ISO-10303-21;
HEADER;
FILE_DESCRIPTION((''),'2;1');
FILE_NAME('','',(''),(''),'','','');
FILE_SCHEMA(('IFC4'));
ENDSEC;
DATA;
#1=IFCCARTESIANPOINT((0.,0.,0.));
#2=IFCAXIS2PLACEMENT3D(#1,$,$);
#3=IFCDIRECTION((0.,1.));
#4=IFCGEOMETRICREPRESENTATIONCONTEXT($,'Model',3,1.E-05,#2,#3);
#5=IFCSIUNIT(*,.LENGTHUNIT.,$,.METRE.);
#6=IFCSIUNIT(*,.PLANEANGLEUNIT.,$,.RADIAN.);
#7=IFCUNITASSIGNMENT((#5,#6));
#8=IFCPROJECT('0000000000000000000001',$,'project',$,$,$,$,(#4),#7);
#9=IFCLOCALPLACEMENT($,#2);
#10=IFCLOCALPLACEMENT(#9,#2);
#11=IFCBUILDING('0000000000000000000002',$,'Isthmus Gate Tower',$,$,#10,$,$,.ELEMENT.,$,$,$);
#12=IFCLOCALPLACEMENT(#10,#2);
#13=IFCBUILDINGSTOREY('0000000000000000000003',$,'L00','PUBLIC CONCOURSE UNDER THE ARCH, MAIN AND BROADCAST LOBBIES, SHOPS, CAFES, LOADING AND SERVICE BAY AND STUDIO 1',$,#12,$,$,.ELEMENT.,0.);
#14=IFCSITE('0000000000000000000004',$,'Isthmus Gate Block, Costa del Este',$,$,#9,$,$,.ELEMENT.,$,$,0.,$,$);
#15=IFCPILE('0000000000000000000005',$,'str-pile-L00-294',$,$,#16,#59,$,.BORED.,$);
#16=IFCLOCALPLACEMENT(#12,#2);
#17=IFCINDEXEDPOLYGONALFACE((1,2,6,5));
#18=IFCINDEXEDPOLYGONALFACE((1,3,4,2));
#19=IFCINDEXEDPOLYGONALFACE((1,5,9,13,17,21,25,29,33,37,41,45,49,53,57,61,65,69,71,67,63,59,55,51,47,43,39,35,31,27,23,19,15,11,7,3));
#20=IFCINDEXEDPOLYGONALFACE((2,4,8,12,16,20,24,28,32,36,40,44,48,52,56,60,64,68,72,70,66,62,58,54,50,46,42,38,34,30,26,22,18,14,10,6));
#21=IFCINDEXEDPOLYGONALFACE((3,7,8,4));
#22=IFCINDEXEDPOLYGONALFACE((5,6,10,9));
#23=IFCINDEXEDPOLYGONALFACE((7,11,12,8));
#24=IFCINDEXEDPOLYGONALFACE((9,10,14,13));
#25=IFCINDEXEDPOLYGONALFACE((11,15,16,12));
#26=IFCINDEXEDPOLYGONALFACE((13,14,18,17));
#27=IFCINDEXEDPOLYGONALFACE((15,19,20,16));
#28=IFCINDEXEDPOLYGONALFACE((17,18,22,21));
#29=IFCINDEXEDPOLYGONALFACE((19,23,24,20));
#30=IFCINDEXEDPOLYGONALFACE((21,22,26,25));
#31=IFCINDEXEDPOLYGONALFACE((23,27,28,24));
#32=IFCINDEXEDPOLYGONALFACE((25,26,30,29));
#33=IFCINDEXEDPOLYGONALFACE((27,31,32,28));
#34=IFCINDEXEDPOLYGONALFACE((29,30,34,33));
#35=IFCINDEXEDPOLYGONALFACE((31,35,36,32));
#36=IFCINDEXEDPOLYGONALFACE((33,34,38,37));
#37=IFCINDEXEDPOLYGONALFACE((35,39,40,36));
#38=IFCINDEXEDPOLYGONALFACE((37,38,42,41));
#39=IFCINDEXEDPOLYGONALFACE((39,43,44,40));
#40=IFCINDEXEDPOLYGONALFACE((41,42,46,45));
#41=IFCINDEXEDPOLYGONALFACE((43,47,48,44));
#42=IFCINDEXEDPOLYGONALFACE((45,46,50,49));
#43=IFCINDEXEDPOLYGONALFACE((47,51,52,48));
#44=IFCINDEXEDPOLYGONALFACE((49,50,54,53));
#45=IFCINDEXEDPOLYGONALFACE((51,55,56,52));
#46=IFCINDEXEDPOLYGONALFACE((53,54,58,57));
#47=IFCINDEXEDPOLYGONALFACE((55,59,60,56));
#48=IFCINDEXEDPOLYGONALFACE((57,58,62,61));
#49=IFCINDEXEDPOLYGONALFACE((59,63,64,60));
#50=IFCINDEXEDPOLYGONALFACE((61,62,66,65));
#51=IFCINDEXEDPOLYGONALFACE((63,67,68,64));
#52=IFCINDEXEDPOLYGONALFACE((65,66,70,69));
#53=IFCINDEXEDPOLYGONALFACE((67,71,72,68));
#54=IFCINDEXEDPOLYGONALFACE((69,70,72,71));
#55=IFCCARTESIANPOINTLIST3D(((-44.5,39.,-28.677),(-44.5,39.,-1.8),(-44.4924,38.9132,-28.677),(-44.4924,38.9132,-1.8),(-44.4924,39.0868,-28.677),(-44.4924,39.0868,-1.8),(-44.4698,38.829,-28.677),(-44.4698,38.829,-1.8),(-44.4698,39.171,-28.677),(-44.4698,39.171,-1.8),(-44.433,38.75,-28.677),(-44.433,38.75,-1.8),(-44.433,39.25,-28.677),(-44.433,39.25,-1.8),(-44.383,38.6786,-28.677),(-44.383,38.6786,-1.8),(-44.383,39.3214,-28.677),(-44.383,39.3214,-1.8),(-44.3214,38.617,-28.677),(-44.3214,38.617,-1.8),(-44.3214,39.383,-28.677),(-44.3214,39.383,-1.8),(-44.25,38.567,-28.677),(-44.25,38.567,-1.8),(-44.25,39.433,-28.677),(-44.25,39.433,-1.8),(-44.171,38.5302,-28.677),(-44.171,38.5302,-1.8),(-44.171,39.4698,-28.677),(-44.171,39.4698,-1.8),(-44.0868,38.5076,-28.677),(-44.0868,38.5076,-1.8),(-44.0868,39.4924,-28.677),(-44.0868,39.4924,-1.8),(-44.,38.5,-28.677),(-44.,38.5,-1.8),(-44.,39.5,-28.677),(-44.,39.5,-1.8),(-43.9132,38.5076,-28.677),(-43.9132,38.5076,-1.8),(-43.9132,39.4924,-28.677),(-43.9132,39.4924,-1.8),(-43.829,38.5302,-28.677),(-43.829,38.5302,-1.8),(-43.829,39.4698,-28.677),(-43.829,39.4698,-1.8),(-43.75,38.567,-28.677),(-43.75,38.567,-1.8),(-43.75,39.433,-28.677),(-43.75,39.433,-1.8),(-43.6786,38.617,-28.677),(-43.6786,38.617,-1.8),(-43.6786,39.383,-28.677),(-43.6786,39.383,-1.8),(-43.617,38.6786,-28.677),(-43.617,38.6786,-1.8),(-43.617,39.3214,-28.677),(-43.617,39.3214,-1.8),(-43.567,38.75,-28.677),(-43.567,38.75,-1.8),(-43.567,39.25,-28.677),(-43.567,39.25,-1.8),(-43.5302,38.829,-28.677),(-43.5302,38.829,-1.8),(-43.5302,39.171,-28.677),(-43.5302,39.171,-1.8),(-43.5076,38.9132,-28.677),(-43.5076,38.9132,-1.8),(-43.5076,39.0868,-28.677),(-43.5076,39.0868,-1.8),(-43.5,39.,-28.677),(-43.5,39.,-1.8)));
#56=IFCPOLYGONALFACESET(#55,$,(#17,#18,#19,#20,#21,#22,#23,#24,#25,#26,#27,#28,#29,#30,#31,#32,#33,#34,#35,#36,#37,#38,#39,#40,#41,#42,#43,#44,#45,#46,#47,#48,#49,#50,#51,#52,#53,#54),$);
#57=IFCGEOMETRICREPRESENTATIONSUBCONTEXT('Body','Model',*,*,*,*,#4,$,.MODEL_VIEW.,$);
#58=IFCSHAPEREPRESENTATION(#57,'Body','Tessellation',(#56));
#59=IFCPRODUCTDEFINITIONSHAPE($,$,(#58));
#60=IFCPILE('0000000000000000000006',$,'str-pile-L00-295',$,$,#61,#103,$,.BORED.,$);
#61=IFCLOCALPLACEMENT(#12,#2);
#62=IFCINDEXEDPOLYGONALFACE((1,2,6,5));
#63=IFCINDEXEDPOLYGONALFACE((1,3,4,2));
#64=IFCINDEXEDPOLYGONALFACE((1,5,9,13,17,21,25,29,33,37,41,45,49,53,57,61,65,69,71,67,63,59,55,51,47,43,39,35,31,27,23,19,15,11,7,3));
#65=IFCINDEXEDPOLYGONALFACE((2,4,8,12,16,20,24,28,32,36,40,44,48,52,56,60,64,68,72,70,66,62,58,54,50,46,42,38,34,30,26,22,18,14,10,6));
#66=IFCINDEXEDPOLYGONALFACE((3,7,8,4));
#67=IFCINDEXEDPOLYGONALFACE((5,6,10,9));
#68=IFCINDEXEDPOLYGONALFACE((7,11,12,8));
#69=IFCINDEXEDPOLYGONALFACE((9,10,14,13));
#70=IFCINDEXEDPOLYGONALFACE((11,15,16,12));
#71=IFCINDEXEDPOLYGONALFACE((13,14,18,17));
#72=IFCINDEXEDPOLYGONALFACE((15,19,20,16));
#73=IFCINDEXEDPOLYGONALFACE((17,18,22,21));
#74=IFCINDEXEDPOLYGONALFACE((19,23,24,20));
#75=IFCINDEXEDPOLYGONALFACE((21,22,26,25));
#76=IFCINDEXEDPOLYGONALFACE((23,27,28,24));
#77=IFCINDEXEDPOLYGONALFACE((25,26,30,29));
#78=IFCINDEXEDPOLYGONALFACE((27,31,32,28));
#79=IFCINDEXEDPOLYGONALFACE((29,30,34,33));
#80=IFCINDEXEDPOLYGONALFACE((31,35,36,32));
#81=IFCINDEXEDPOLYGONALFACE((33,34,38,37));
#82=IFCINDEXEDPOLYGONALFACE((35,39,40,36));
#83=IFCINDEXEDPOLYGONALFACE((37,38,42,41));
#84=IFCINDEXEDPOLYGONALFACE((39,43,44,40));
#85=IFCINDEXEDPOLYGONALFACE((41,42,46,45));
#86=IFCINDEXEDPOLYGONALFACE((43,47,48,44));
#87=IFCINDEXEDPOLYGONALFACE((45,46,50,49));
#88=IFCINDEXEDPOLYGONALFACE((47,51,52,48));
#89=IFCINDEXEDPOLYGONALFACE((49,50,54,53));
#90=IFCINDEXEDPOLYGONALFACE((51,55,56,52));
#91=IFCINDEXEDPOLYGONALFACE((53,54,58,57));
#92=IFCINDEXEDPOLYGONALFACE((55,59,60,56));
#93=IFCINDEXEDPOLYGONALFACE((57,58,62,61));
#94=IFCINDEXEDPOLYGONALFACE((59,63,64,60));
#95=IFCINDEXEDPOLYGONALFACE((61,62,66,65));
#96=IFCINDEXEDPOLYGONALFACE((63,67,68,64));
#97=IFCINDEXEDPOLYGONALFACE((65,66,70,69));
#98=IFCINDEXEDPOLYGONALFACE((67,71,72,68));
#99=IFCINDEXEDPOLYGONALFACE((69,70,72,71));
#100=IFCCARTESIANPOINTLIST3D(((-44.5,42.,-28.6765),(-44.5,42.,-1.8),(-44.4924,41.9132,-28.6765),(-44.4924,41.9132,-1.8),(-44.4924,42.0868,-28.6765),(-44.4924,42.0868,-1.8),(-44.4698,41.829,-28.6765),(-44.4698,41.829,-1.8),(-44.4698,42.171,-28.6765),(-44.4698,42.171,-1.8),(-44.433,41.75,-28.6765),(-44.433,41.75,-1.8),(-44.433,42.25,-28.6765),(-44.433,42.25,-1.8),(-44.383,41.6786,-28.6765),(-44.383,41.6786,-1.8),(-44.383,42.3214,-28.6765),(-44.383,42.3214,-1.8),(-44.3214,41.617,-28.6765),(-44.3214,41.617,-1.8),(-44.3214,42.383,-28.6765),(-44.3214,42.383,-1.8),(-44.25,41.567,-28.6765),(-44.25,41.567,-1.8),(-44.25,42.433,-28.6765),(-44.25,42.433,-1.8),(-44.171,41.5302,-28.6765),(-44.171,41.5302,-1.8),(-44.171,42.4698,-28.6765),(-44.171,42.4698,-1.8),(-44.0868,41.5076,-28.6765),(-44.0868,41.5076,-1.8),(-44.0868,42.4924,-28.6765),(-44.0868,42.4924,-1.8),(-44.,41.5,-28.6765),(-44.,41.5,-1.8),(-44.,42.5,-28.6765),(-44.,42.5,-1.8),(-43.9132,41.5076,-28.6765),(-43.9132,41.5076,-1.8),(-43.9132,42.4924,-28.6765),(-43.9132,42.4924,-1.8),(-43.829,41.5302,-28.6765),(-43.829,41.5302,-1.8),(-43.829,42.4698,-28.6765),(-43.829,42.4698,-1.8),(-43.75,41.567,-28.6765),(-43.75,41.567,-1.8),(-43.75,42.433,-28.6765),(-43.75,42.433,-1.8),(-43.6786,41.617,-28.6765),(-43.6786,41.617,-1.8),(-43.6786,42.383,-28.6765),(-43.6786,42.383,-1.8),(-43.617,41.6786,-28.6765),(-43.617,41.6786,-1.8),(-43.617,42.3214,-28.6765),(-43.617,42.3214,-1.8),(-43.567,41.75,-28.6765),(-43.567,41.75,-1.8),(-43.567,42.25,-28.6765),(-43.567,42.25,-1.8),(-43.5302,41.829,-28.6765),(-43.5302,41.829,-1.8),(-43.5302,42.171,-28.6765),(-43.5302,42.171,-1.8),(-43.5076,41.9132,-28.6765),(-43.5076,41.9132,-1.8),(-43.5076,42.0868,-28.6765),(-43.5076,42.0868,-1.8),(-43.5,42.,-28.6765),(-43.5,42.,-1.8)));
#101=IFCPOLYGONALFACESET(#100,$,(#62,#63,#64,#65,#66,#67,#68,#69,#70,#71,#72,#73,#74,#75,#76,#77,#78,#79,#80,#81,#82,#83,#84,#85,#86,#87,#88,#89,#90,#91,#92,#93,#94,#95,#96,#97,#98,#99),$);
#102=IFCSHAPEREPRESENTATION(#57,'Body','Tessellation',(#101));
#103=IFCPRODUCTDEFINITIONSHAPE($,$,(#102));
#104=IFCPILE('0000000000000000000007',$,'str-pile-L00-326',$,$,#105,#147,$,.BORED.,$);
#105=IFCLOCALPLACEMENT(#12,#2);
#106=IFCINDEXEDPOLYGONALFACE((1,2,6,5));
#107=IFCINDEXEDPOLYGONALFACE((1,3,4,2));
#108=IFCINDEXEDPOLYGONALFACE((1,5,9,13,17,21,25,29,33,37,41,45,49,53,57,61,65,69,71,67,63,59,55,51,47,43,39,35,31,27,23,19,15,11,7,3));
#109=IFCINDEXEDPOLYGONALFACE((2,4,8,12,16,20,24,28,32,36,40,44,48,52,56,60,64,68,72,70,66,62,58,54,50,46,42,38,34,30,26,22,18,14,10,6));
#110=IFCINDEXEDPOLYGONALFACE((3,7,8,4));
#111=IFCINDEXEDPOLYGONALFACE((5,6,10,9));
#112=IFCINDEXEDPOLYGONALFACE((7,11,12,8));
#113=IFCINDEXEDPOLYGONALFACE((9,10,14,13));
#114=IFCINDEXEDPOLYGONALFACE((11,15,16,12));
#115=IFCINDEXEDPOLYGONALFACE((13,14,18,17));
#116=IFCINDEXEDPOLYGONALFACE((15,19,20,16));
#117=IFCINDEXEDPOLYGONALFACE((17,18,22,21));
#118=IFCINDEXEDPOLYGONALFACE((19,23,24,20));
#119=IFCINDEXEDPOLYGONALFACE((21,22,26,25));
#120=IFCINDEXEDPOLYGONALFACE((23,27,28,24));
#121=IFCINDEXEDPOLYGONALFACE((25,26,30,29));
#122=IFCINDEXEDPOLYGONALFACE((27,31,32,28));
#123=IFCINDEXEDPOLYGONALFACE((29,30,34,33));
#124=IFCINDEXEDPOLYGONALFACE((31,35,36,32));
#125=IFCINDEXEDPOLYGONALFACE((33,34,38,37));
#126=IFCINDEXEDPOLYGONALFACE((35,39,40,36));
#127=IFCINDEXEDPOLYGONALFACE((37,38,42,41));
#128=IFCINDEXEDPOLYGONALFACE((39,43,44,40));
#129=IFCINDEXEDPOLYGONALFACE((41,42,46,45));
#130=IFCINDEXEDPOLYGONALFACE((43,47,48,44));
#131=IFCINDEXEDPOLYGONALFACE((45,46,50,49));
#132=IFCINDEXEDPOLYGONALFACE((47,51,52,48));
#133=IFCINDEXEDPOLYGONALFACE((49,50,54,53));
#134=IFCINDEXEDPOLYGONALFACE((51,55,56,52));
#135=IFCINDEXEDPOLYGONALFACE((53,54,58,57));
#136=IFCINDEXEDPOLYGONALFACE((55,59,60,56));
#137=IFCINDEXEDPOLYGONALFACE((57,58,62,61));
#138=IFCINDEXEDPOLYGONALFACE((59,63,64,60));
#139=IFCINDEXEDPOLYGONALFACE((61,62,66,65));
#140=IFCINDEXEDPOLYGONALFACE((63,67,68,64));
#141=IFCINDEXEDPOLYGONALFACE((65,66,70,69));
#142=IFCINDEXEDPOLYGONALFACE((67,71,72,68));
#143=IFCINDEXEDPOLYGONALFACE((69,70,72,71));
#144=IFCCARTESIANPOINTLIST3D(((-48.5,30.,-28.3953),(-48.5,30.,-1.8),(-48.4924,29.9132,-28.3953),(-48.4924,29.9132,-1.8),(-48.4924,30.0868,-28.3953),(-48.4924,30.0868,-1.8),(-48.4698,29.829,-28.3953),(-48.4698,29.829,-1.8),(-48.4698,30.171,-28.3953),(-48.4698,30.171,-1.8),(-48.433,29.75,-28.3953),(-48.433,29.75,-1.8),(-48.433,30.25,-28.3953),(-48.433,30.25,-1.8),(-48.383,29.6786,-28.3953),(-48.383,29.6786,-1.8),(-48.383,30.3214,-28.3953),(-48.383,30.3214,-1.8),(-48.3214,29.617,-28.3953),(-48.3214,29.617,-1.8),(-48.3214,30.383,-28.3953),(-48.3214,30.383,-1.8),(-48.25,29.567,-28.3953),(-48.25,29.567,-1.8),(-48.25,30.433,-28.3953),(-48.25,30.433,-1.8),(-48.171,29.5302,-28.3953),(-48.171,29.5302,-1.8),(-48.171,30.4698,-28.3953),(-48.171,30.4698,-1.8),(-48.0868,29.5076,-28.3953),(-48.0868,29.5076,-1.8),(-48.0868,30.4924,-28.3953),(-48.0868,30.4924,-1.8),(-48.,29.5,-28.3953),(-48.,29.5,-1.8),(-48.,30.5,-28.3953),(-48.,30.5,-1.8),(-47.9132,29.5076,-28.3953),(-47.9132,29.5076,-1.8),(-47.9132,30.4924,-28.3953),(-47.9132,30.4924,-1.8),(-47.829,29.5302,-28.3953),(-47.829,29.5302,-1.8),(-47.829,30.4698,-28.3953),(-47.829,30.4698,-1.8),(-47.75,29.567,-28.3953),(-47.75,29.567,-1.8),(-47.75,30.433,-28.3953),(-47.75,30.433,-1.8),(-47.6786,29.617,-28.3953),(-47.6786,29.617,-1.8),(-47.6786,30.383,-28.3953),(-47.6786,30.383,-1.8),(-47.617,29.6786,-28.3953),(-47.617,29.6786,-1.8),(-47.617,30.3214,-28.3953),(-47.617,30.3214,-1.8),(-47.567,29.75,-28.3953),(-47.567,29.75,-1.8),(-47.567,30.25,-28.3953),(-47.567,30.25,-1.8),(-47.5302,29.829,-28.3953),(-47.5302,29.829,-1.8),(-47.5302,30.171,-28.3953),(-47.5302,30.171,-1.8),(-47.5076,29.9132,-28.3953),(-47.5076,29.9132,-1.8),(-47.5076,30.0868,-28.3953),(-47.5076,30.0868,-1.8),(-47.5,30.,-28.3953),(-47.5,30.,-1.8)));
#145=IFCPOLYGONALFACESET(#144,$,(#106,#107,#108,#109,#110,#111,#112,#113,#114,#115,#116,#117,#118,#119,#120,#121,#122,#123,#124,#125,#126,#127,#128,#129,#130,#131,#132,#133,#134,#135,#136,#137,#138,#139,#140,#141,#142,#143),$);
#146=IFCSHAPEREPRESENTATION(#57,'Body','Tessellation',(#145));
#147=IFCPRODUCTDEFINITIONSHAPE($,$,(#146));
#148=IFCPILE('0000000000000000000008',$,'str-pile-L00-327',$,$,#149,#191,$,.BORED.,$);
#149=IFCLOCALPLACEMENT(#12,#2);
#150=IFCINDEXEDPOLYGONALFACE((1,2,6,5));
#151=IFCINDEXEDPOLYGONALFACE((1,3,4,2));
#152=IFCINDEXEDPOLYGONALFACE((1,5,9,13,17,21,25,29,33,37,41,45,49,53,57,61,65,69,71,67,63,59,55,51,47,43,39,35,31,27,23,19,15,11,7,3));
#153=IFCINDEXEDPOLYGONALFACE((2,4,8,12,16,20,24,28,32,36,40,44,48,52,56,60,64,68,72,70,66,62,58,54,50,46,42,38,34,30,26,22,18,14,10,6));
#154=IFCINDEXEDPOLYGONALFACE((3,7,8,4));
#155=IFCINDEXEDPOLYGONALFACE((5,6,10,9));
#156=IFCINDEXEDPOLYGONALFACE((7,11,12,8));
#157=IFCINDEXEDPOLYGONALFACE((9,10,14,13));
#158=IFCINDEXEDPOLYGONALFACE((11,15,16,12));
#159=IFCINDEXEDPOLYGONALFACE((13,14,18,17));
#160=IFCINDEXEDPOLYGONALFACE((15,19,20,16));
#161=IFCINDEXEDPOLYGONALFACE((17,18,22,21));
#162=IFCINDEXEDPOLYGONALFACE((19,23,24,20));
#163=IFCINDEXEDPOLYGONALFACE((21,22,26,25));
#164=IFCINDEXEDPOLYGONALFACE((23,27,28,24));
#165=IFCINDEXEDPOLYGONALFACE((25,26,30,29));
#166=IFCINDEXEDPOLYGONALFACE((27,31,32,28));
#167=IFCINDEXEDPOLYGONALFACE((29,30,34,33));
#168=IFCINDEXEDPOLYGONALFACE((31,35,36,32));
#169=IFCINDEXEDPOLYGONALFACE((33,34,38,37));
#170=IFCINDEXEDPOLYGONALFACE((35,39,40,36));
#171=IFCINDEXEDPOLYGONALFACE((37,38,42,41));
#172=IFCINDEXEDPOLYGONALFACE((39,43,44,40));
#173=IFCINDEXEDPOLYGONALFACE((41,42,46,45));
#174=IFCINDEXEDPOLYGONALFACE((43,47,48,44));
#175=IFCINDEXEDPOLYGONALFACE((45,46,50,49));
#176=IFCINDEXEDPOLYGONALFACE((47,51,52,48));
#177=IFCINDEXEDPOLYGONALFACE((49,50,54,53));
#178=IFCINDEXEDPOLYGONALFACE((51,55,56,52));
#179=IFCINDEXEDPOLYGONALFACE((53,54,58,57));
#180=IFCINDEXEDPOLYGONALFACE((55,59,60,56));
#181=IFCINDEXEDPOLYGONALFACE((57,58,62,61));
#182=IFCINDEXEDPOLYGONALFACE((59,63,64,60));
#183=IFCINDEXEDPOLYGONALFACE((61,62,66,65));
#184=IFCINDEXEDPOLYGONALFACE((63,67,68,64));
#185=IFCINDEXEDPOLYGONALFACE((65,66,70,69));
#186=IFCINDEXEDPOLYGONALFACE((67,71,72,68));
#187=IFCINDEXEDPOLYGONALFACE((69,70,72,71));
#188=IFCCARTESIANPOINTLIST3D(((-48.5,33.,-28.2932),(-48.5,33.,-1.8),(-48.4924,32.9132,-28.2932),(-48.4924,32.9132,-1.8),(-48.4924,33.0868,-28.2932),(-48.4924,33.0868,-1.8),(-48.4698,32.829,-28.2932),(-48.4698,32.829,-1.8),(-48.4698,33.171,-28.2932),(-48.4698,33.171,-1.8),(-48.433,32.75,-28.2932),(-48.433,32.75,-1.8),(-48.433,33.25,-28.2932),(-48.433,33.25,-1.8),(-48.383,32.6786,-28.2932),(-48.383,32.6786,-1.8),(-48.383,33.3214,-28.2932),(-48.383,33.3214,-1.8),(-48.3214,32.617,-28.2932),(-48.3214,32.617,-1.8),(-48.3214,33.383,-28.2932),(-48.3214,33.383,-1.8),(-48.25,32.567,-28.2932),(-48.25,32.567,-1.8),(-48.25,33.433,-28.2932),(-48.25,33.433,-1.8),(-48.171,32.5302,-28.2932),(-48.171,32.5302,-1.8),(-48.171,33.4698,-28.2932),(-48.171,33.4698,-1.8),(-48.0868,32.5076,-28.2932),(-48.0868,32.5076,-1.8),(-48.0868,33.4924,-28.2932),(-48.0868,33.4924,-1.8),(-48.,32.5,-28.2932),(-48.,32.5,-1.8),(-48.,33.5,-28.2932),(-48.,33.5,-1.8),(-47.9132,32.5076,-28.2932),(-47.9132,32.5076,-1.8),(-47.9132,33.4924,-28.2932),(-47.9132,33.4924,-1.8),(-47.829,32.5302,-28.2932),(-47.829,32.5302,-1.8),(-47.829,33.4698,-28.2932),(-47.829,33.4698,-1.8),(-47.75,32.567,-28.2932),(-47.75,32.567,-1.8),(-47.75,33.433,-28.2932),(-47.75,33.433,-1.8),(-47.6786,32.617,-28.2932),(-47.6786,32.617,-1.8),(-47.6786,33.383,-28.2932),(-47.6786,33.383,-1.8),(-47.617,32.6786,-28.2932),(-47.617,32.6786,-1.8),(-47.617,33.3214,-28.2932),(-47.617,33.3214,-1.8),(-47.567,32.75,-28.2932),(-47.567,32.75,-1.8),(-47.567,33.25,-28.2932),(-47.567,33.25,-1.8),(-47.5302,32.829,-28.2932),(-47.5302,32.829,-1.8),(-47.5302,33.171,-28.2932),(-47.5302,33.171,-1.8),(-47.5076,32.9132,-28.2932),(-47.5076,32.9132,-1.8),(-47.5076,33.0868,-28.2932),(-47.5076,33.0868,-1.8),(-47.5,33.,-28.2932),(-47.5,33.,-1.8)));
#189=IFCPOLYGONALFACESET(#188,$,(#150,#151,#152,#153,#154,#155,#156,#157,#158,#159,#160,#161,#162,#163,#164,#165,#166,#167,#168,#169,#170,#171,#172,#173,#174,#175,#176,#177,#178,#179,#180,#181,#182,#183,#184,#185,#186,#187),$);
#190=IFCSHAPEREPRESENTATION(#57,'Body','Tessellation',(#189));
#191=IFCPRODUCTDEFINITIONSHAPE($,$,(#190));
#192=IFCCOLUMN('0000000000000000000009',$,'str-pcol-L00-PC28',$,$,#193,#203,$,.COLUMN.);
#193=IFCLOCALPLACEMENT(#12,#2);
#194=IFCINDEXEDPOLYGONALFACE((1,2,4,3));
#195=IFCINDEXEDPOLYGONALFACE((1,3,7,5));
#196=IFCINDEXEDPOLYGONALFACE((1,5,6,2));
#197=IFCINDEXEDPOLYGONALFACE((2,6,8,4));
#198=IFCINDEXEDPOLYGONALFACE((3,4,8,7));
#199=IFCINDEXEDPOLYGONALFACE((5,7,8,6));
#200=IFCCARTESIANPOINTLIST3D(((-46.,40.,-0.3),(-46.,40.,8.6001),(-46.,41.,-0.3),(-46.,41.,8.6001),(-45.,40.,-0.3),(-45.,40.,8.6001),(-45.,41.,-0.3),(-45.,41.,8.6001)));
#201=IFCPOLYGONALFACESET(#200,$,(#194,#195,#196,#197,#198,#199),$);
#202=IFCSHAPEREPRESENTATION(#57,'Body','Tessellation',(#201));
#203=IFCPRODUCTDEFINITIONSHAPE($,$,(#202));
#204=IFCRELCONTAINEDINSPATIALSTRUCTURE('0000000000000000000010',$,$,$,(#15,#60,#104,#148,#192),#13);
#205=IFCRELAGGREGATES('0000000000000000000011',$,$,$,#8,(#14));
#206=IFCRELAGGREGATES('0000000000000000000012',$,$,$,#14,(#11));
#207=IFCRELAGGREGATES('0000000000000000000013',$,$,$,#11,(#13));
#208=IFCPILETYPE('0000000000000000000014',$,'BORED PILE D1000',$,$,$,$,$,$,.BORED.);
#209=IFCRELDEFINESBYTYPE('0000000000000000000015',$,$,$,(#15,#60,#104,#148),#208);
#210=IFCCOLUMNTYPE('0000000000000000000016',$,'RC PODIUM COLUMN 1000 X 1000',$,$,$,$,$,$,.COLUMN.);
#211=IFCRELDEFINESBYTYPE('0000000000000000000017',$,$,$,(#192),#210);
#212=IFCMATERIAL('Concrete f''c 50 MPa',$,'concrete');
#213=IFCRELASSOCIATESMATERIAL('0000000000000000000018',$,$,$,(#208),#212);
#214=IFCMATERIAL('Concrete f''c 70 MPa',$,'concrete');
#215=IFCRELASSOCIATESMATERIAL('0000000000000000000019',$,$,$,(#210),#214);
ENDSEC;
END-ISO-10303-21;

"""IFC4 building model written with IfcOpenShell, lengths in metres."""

from ifc_helpers import new_model, si_unit, direction, frame, origin, origin_2d, place, context, subcontext, project, spatial, rectangle, circle, extrude, material, material_profile, profile_set, type_object, element, save


model = new_model("IFC4")

# Units and contexts
model_context = context("Model", 3, precision=1e-05, world=origin(), true_north=direction((0.0, 1.0)))
body_context = subcontext(model_context, "Body", "Model", "MODEL_VIEW")
ifc_project = project(units=[si_unit("LENGTHUNIT", "METRE"), si_unit("PLANEANGLEUNIT", "RADIAN")], contexts=[model_context])

# Site, building, storey
site_placement = place(None, origin())
site = spatial("IfcSite", under=ifc_project, at=site_placement, Name="Isthmus Gate Block, Costa del Este", CompositionType="ELEMENT", RefElevation=0.0)
building_placement = place(site_placement, origin())
building = spatial("IfcBuilding", under=site, at=building_placement, Name="Isthmus Gate Tower", CompositionType="ELEMENT")
storey_placement = place(building_placement, origin())
storey = spatial("IfcBuildingStorey", under=building, at=storey_placement, Name="L00", Description="PUBLIC CONCOURSE UNDER THE ARCH, MAIN AND BROADCAST LOBBIES, SHOPS, CAFES, LOADING AND SERVICE BAY AND STUDIO 1", CompositionType="ELEMENT", Elevation=0.0)

# Piles
ifc_material_1 = material(Name="Concrete f'c 50 MPa", Category="concrete")
ifc_material_profile_1 = material_profile(ifc_material_1, circle(Radius=0.5, at=origin_2d()), Name="D1000")
ifc_profile_set_1 = profile_set([ifc_material_profile_1], Name="Concrete f'c 50 MPa")
pile_type = type_object("IfcPileType", Name="BORED PILE D1000", PredefinedType="BORED", material=ifc_profile_set_1)
pile_1_placement = place(storey_placement, frame((-44.0, 39.0, -1.8), z_axis=(0.0, 0.0, -1.0), x_axis=(1.0, 0.0, 0.0)))
element("IfcPile", 1, at=pile_1_placement, inside=storey, type_object=pile_type, Name="str-pile-L00-294", PredefinedType="BORED", context=body_context, shape_type="SweptSolid", body=[
    extrude(circle(Radius=0.5, at=origin_2d()), origin(), (0.0, 0.0, 1.0), 26.877),
])
pile_2_placement = place(storey_placement, frame((-44.0, 42.0, -1.8), z_axis=(0.0, 0.0, -1.0), x_axis=(1.0, 0.0, 0.0)))
element("IfcPile", 2, at=pile_2_placement, inside=storey, type_object=pile_type, Name="str-pile-L00-295", PredefinedType="BORED", context=body_context, shape_type="SweptSolid", body=[
    extrude(circle(Radius=0.5, at=origin_2d()), origin(), (0.0, 0.0, 1.0), 26.8765),
])
pile_3_placement = place(storey_placement, frame((-48.0, 30.0, -1.8), z_axis=(0.0, 0.0, -1.0), x_axis=(1.0, 0.0, 0.0)))
element("IfcPile", 3, at=pile_3_placement, inside=storey, type_object=pile_type, Name="str-pile-L00-326", PredefinedType="BORED", context=body_context, shape_type="SweptSolid", body=[
    extrude(circle(Radius=0.5, at=origin_2d()), origin(), (0.0, 0.0, 1.0), 26.5952),
])
pile_4_placement = place(storey_placement, frame((-48.0, 33.0, -1.8), z_axis=(0.0, 0.0, -1.0), x_axis=(1.0, 0.0, 0.0)))
element("IfcPile", 4, at=pile_4_placement, inside=storey, type_object=pile_type, Name="str-pile-L00-327", PredefinedType="BORED", context=body_context, shape_type="SweptSolid", body=[
    extrude(circle(Radius=0.5, at=origin_2d()), origin(), (0.0, 0.0, 1.0), 26.4932),
])

# Column
ifc_material_2 = material(Name="Concrete f'c 70 MPa", Category="concrete")
ifc_material_profile_2 = material_profile(ifc_material_2, rectangle(XDim=1.0, YDim=1.0, at=origin_2d()), Name="RC 1000X1000")
ifc_profile_set_2 = profile_set([ifc_material_profile_2], Name="Concrete f'c 70 MPa")
column_type = type_object("IfcColumnType", Name="RC PODIUM COLUMN 1000 X 1000", PredefinedType="COLUMN", material=ifc_profile_set_2)
column_placement = place(storey_placement, frame((-45.5, 40.5, -0.3), z_axis=(0.0, 0.0, 1.0), x_axis=(-1.0, 0.0, 0.0)))
element("IfcColumn", 5, at=column_placement, inside=storey, type_object=column_type, Name="str-pcol-L00-PC28", PredefinedType="COLUMN", context=body_context, shape_type="SweptSolid", body=[
    extrude(rectangle(XDim=1.0, YDim=1.0, at=origin_2d()), origin(), (0.0, 0.0, 1.0), 8.9001),
])

save(model, "model.ifc")
